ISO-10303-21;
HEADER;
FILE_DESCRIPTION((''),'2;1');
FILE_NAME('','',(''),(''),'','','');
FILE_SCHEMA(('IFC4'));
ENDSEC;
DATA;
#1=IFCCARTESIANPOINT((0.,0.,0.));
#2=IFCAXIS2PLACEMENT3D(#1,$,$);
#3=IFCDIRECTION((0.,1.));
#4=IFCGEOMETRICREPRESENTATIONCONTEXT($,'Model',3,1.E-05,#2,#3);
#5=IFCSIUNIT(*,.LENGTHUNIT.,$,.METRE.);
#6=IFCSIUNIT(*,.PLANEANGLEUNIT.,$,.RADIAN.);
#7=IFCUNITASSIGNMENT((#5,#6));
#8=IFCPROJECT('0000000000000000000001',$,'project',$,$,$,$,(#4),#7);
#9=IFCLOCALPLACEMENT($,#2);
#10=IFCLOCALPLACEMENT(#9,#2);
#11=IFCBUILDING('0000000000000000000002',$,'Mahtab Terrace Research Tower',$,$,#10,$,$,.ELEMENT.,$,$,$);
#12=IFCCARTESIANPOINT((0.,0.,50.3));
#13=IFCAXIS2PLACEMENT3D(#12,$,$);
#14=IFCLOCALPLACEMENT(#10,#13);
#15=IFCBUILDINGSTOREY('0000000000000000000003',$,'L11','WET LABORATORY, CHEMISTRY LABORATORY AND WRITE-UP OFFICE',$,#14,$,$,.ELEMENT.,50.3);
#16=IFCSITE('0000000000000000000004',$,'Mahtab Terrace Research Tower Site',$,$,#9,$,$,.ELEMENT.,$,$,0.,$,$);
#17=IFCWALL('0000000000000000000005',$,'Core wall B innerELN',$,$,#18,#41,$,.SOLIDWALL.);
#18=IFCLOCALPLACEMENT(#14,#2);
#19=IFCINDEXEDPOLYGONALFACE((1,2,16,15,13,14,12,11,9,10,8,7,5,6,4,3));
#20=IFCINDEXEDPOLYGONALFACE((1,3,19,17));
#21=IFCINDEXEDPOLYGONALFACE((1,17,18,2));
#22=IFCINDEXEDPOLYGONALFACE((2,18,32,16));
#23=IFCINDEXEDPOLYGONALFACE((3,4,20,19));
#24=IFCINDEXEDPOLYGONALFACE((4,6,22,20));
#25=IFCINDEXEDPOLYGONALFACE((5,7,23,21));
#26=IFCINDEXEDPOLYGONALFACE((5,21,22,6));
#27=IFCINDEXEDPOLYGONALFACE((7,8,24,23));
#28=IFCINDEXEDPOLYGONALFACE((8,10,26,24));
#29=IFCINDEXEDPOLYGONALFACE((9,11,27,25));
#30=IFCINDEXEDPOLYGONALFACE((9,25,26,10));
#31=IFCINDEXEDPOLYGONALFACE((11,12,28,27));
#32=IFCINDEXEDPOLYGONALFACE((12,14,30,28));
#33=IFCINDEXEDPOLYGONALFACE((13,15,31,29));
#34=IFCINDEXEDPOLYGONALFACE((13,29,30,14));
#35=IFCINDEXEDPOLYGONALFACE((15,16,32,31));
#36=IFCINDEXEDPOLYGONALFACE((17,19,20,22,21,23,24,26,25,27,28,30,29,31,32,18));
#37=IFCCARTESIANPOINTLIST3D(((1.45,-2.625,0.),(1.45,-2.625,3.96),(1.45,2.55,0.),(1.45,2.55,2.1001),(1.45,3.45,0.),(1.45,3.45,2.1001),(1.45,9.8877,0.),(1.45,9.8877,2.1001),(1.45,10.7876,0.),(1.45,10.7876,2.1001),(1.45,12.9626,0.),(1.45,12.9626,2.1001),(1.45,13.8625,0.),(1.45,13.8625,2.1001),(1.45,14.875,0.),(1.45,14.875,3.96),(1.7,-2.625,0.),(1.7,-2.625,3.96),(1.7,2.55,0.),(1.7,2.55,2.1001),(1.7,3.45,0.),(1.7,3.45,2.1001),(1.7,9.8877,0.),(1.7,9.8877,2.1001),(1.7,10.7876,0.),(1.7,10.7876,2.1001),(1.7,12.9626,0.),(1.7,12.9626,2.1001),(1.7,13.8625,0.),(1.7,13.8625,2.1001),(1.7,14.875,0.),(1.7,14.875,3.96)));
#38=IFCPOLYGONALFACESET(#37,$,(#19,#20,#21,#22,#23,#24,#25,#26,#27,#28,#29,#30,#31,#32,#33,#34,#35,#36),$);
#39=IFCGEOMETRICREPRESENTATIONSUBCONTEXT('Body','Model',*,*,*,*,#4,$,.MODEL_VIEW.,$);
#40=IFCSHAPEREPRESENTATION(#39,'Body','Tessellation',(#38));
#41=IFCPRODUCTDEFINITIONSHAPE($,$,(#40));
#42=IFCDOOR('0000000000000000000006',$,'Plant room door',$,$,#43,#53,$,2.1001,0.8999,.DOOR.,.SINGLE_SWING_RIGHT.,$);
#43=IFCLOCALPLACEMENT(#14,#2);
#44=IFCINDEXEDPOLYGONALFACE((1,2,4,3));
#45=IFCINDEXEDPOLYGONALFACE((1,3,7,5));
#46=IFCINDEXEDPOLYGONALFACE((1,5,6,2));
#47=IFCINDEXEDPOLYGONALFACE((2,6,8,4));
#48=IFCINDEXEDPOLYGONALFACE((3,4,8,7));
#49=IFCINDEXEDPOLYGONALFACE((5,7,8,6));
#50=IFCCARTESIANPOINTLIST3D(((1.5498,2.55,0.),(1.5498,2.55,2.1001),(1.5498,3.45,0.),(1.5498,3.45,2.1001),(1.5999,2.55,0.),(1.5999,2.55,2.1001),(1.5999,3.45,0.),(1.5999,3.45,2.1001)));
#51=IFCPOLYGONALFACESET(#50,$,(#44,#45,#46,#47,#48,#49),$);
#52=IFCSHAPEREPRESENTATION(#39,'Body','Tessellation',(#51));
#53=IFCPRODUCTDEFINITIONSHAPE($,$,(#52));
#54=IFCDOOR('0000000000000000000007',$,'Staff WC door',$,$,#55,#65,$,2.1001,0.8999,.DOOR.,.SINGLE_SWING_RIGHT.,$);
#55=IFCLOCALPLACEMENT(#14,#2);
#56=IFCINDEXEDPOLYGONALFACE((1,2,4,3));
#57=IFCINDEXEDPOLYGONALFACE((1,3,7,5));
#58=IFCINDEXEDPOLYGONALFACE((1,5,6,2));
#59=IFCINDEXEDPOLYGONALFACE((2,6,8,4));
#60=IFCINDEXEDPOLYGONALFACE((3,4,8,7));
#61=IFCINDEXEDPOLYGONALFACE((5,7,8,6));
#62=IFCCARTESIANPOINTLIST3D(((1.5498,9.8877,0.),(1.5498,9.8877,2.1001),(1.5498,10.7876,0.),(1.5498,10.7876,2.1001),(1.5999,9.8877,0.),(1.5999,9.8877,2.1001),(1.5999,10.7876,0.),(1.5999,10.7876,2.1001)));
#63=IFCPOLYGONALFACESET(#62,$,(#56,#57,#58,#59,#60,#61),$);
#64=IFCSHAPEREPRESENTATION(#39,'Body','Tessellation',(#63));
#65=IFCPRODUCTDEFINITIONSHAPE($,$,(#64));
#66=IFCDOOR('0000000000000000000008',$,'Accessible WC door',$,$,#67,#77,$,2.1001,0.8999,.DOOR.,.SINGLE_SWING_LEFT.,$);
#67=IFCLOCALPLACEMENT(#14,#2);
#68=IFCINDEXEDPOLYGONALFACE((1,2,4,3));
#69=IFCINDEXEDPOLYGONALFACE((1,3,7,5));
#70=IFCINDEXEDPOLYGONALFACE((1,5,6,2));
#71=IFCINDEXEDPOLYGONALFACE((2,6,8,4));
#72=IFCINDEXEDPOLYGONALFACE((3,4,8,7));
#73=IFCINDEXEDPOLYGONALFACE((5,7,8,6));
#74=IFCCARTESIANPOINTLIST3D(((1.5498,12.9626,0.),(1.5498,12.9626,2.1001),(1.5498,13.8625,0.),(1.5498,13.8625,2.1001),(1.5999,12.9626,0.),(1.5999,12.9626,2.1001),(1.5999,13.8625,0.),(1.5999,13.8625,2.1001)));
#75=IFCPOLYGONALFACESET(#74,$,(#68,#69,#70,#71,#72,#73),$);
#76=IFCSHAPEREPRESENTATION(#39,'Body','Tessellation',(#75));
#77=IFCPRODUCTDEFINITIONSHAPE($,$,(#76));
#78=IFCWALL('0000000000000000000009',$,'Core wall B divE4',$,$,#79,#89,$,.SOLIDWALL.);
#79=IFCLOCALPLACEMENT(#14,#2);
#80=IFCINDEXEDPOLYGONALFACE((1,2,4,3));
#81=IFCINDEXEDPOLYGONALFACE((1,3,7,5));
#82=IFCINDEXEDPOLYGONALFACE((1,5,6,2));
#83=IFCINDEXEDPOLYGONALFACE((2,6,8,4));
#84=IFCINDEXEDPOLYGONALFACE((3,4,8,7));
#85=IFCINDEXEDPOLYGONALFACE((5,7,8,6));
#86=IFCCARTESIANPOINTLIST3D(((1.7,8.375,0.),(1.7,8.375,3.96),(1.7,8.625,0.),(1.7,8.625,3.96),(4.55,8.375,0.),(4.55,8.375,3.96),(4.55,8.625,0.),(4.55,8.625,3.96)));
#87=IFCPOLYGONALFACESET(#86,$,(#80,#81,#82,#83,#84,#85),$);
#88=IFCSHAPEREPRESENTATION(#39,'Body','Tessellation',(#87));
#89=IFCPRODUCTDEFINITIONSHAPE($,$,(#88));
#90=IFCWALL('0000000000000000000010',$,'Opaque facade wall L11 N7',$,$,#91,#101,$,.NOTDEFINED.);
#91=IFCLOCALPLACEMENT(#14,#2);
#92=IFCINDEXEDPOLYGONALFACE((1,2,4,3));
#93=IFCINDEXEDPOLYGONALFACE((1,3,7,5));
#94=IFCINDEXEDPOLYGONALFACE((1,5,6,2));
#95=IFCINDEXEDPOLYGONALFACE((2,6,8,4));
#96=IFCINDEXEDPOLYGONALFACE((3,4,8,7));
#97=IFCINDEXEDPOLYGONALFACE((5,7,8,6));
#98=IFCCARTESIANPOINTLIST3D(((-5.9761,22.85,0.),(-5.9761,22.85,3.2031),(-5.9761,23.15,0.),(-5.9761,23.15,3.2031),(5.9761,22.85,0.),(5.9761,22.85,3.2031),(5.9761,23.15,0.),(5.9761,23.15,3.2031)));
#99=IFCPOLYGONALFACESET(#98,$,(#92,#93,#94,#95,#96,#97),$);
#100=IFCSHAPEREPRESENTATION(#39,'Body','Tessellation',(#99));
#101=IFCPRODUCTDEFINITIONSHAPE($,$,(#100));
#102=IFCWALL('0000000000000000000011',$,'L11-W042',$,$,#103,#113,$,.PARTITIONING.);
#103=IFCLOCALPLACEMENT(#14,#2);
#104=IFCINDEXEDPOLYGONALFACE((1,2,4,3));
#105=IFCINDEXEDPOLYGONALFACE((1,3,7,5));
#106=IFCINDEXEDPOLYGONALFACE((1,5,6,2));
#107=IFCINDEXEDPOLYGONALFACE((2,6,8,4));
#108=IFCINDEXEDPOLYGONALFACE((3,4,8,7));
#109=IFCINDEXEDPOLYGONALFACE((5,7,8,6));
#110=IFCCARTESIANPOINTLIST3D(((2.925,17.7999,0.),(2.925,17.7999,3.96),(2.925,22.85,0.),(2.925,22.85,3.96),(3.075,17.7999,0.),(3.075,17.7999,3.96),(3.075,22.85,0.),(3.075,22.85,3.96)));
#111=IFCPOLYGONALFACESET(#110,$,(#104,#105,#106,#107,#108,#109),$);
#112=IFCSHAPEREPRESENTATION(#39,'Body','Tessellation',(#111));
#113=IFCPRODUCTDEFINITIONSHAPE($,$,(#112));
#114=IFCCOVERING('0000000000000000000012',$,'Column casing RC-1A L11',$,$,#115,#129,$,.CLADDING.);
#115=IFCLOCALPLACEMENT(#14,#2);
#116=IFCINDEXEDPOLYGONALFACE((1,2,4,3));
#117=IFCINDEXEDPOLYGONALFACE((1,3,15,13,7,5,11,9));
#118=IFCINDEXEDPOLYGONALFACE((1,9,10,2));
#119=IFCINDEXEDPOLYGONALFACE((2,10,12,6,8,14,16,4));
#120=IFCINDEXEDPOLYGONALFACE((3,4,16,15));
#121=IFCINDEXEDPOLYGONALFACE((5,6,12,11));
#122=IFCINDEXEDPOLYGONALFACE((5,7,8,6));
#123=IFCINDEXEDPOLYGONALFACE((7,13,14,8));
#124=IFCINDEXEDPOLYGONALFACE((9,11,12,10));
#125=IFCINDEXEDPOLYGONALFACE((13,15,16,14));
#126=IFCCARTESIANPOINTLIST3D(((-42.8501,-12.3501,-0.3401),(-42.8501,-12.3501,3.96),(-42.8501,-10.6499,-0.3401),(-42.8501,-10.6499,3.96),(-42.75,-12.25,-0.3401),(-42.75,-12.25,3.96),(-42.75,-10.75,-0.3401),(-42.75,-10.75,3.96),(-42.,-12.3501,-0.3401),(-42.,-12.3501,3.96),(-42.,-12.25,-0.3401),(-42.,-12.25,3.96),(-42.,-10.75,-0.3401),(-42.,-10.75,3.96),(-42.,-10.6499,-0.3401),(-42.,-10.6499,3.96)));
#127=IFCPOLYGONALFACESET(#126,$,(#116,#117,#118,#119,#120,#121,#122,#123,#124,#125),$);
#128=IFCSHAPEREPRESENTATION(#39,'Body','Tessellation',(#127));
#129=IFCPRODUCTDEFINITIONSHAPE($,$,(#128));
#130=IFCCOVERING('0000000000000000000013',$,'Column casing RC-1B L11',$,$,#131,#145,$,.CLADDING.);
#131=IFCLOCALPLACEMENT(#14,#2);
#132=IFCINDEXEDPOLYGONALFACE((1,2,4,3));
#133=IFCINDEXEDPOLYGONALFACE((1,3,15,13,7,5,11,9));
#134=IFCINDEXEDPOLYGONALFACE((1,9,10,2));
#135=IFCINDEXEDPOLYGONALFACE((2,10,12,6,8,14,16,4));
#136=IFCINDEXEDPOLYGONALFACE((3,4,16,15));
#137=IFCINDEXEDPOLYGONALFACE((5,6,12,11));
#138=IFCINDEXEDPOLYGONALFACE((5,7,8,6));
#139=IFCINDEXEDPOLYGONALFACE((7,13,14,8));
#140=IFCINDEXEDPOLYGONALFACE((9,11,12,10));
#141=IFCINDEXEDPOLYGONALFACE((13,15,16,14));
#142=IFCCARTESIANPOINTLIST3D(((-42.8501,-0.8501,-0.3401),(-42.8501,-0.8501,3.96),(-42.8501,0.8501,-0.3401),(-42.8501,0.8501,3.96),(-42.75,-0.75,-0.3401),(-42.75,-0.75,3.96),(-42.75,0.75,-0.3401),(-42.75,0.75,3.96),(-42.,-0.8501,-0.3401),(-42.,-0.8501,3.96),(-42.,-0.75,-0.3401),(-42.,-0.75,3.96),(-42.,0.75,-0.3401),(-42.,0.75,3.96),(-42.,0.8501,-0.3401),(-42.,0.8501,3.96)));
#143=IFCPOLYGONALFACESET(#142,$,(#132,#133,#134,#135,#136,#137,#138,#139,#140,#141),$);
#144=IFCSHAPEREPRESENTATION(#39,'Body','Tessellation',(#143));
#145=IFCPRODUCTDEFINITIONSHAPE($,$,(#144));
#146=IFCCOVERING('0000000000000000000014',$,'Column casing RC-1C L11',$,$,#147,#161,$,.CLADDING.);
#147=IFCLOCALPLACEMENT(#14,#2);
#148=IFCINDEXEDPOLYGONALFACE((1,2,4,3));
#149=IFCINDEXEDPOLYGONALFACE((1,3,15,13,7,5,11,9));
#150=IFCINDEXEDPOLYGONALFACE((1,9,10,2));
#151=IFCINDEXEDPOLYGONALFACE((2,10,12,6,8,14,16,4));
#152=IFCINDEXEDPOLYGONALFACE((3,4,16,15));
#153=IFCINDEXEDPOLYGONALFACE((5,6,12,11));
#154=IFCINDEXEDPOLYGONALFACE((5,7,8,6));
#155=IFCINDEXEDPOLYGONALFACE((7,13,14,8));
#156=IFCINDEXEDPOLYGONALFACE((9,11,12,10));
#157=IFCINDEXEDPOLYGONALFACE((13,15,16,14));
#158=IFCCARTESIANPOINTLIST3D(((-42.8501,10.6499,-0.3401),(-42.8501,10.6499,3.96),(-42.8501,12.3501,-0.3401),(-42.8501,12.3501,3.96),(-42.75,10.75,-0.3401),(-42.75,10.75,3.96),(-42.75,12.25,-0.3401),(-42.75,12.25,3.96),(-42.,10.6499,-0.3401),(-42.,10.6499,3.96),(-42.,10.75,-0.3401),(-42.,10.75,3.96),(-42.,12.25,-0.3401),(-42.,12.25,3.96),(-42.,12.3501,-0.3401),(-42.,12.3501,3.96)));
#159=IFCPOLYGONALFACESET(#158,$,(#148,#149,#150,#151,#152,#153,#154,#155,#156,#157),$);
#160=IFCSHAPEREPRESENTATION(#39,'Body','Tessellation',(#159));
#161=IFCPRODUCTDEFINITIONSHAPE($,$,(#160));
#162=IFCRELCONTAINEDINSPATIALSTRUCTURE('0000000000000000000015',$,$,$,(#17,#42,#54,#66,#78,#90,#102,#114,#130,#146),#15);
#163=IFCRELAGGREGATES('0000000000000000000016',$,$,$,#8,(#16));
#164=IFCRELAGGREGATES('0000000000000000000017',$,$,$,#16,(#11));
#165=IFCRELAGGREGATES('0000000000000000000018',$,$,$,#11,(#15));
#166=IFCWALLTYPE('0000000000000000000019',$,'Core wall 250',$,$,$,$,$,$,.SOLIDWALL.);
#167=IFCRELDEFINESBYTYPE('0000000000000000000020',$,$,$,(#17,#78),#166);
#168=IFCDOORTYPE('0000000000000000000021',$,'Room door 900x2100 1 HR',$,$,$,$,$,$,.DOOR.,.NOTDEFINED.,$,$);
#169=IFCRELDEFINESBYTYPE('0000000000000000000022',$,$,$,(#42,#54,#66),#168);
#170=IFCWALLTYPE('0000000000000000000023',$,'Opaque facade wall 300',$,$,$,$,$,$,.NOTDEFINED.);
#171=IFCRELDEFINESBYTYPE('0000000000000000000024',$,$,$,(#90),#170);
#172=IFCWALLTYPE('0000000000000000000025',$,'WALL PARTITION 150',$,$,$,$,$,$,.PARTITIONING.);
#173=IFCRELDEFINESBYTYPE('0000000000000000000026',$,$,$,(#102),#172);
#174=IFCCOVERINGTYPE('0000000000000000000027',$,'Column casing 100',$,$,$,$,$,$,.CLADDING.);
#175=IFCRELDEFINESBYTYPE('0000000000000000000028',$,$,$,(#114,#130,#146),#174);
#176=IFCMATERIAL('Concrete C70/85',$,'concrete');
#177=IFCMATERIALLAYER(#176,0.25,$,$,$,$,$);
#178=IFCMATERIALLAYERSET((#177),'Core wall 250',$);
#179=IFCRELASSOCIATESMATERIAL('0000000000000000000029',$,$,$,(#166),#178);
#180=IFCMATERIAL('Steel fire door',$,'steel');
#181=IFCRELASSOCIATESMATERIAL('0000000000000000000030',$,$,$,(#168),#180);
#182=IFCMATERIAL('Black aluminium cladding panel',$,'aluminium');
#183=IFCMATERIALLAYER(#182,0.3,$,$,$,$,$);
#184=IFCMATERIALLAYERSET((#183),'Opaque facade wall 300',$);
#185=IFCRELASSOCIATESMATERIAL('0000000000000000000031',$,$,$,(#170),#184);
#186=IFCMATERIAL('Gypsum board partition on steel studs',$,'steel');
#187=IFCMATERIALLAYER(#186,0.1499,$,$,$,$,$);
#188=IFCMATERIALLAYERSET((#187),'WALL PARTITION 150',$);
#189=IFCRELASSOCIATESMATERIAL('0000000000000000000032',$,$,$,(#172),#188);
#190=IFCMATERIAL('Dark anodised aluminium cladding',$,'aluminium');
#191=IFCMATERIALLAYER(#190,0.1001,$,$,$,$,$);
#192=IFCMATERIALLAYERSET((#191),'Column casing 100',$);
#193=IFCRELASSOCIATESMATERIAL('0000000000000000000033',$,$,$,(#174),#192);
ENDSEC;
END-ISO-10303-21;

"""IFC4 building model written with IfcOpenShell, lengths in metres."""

from ifc_helpers import new_model, si_unit, direction, frame, frame_2d, origin, place, context, subcontext, project, spatial, polyline, rectangle, outline, extrude, material, layer, layer_set, type_object, element, fill, save


model = new_model("IFC4")

# Units and contexts
model_context = context("Model", 3, precision=1e-05, world=origin(), true_north=direction((0.0, 1.0)))
body_context = subcontext(model_context, "Body", "Model", "MODEL_VIEW")
ifc_project = project(units=[si_unit("LENGTHUNIT", "METRE"), si_unit("PLANEANGLEUNIT", "RADIAN")], contexts=[model_context])

# Site, building, storey
site_placement = place(None, origin())
site = spatial("IfcSite", under=ifc_project, at=site_placement, Name="Mahtab Terrace Research Tower Site", CompositionType="ELEMENT", RefElevation=0.0)
building_placement = place(site_placement, origin())
building = spatial("IfcBuilding", under=site, at=building_placement, Name="Mahtab Terrace Research Tower", CompositionType="ELEMENT")
storey_placement = place(building_placement, frame((0.0, 0.0, 50.3)))
storey = spatial("IfcBuildingStorey", under=building, at=storey_placement, Name="L11", Description="WET LABORATORY, CHEMISTRY LABORATORY AND WRITE-UP OFFICE", CompositionType="ELEMENT", Elevation=50.3)

# Shared definitions
ifc_material_1 = material(Name="Concrete C70/85", Category="concrete")

# Wall, openings, doors
ifc_layer_1 = layer(ifc_material_1, 0.25)
ifc_layer_set_1 = layer_set([ifc_layer_1], Name="Core wall 250")
wall_type_1 = type_object("IfcWallType", Name="Core wall 250", PredefinedType="SOLIDWALL", material=ifc_layer_set_1)
wall_1_placement = place(storey_placement, frame((1.575, 14.875, 0.0), z_axis=(0.0, 0.0, 1.0), x_axis=(0.0, -1.0, 0.0)))
wall_1 = element("IfcWall", 1, at=wall_1_placement, inside=storey, type_object=wall_type_1, Name="Core wall B innerELN", PredefinedType="SOLIDWALL", context=body_context, shape_type="SweptSolid", body=[
    extrude(rectangle(XDim=17.5, YDim=0.25, at=frame_2d((8.75, 0.0))), origin(), (0.0, 0.0, 1.0), 3.96),
])
opening_1_placement = place(wall_1_placement, frame((11.425, 0.0, 0.0)))
opening_1 = element("IfcOpeningElement", 2, at=opening_1_placement, cuts=wall_1, PredefinedType="OPENING", context=body_context, shape_type="SweptSolid", body=[
    extrude(rectangle(XDim=0.8999, YDim=2.1001, at=frame_2d((0.45, 1.05))), frame((0.0, 0.135, 0.0), z_axis=(0.0, -1.0, 0.0), x_axis=(1.0, 0.0, 0.0)), (0.0, 0.0, 1.0), 0.27),
])
opening_2_placement = place(wall_1_placement, frame((4.0874, 0.0, 0.0)))
opening_2 = element("IfcOpeningElement", 3, at=opening_2_placement, cuts=wall_1, PredefinedType="OPENING", context=body_context, shape_type="SweptSolid", body=[
    extrude(rectangle(XDim=0.8999, YDim=2.1001, at=frame_2d((0.45, 1.05))), frame((0.0, 0.135, 0.0), z_axis=(0.0, -1.0, 0.0), x_axis=(1.0, 0.0, 0.0)), (0.0, 0.0, 1.0), 0.27),
])
opening_3_placement = place(wall_1_placement, frame((1.0125, 0.0, 0.0)))
opening_3 = element("IfcOpeningElement", 4, at=opening_3_placement, cuts=wall_1, PredefinedType="OPENING", context=body_context, shape_type="SweptSolid", body=[
    extrude(rectangle(XDim=0.8999, YDim=2.1001, at=frame_2d((0.45, 1.05))), frame((0.0, 0.135, 0.0), z_axis=(0.0, -1.0, 0.0), x_axis=(1.0, 0.0, 0.0)), (0.0, 0.0, 1.0), 0.27),
])
ifc_material_2 = material(Name="Steel fire door", Category="steel")
door_type = type_object("IfcDoorType", Name="Room door 900x2100 1 HR", OperationType="NOTDEFINED", PredefinedType="DOOR", material=ifc_material_2)
door_1_placement = place(opening_1_placement, origin())
door_1 = element("IfcDoor", 5, at=door_1_placement, inside=storey, type_object=door_type, Name="Plant room door", OperationType="SINGLE_SWING_RIGHT", OverallHeight=2.1001, OverallWidth=0.8999, PredefinedType="DOOR", context=body_context, shape_type="SweptSolid", body=[
    extrude(rectangle(XDim=0.8999, YDim=2.1001, at=frame_2d((0.45, 1.05))), frame((0.0, 0.0249, 0.0), z_axis=(0.0, -1.0, 0.0), x_axis=(1.0, 0.0, 0.0)), (0.0, 0.0, 1.0), 0.05),
])
fill(opening_1, door_1)
door_2_placement = place(opening_2_placement, origin())
door_2 = element("IfcDoor", 6, at=door_2_placement, inside=storey, type_object=door_type, Name="Staff WC door", OperationType="SINGLE_SWING_RIGHT", OverallHeight=2.1001, OverallWidth=0.8999, PredefinedType="DOOR", context=body_context, shape_type="SweptSolid", body=[
    extrude(rectangle(XDim=0.8999, YDim=2.1001, at=frame_2d((0.45, 1.05))), frame((0.0, 0.0249, 0.0), z_axis=(0.0, -1.0, 0.0), x_axis=(1.0, 0.0, 0.0)), (0.0, 0.0, 1.0), 0.05),
])
fill(opening_2, door_2)
door_3_placement = place(opening_3_placement, origin())
door_3 = element("IfcDoor", 7, at=door_3_placement, inside=storey, type_object=door_type, Name="Accessible WC door", OperationType="SINGLE_SWING_LEFT", OverallHeight=2.1001, OverallWidth=0.8999, PredefinedType="DOOR", context=body_context, shape_type="SweptSolid", body=[
    extrude(rectangle(XDim=0.8999, YDim=2.1001, at=frame_2d((0.45, 1.05))), frame((0.0, 0.0249, 0.0), z_axis=(0.0, -1.0, 0.0), x_axis=(1.0, 0.0, 0.0)), (0.0, 0.0, 1.0), 0.05),
])
fill(opening_3, door_3)

# Walls
wall_2_placement = place(storey_placement, frame((1.7, 8.5, 0.0), z_axis=(0.0, 0.0, 1.0), x_axis=(1.0, 0.0, 0.0)))
element("IfcWall", 8, at=wall_2_placement, inside=storey, type_object=wall_type_1, Name="Core wall B divE4", PredefinedType="SOLIDWALL", context=body_context, shape_type="SweptSolid", body=[
    extrude(rectangle(XDim=2.8501, YDim=0.25, at=frame_2d((1.425, 0.0))), origin(), (0.0, 0.0, 1.0), 3.96),
])
ifc_material_3 = material(Name="Black aluminium cladding panel", Category="aluminium")
ifc_layer_2 = layer(ifc_material_3, 0.3)
ifc_layer_set_2 = layer_set([ifc_layer_2], Name="Opaque facade wall 300")
wall_type_2 = type_object("IfcWallType", Name="Opaque facade wall 300", PredefinedType="NOTDEFINED", material=ifc_layer_set_2)
wall_3_placement = place(storey_placement, frame((5.9761, 23.0, 0.0), z_axis=(0.0, 0.0, 1.0), x_axis=(-1.0, 0.0, 0.0)))
element("IfcWall", 9, at=wall_3_placement, inside=storey, type_object=wall_type_2, Name="Opaque facade wall L11 N7", PredefinedType="NOTDEFINED", context=body_context, shape_type="SweptSolid", body=[
    extrude(rectangle(XDim=11.9521, YDim=0.3, at=frame_2d((5.9761, 0.0))), origin(), (0.0, 0.0, 1.0), 3.2031),
])
ifc_material_4 = material(Name="Gypsum board partition on steel studs", Category="steel")
ifc_layer_3 = layer(ifc_material_4, 0.1499)
ifc_layer_set_3 = layer_set([ifc_layer_3], Name="WALL PARTITION 150")
wall_type_3 = type_object("IfcWallType", Name="WALL PARTITION 150", PredefinedType="PARTITIONING", material=ifc_layer_set_3)
wall_4_placement = place(storey_placement, frame((3.0, 17.8, 0.0), z_axis=(0.0, 0.0, 1.0), x_axis=(0.0, 1.0, 0.0)))
element("IfcWall", 10, at=wall_4_placement, inside=storey, type_object=wall_type_3, Name="L11-W042", PredefinedType="PARTITIONING", context=body_context, shape_type="SweptSolid", body=[
    extrude(rectangle(XDim=5.05, YDim=0.1499, at=frame_2d((2.5249, 0.0))), origin(), (0.0, 0.0, 1.0), 3.96),
])

# Coverings
ifc_material_5 = material(Name="Dark anodised aluminium cladding", Category="aluminium")
ifc_layer_4 = layer(ifc_material_5, 0.1001)
ifc_layer_set_4 = layer_set([ifc_layer_4], Name="Column casing 100")
covering_type_1 = type_object("IfcCoveringType", Name="Column casing 100", PredefinedType="CLADDING", material=ifc_layer_set_4)
covering_1_placement = place(storey_placement, frame((0.0, 0.0, -0.3401)))
element("IfcCovering", 11, at=covering_1_placement, inside=storey, type_object=covering_type_1, Name="Column casing RC-1A L11", PredefinedType="CLADDING", context=body_context, shape_type="SweptSolid", body=[
    extrude(outline(polyline([(-42.8501, -10.6499), (-42.0, -10.6499), (-42.0, -10.75), (-42.75, -10.75), (-42.75, -12.25), (-42.0, -12.25), (-42.0, -12.3501), (-42.8501, -12.3501), (-42.8501, -10.6499)])), origin(), (0.0, 0.0, 1.0), 4.3),
])
covering_2_placement = place(storey_placement, frame((0.0, 0.0, -0.3401)))
element("IfcCovering", 12, at=covering_2_placement, inside=storey, type_object=covering_type_1, Name="Column casing RC-1B L11", PredefinedType="CLADDING", context=body_context, shape_type="SweptSolid", body=[
    extrude(outline(polyline([(-42.8501, 0.8501), (-42.0, 0.8501), (-42.0, 0.75), (-42.75, 0.75), (-42.75, -0.75), (-42.0, -0.75), (-42.0, -0.8501), (-42.8501, -0.8501), (-42.8501, 0.8501)])), origin(), (0.0, 0.0, 1.0), 4.3),
])
covering_3_placement = place(storey_placement, frame((0.0, 0.0, -0.3401)))
element("IfcCovering", 13, at=covering_3_placement, inside=storey, type_object=covering_type_1, Name="Column casing RC-1C L11", PredefinedType="CLADDING", context=body_context, shape_type="SweptSolid", body=[
    extrude(outline(polyline([(-42.8501, 12.3501), (-42.0, 12.3501), (-42.0, 12.25), (-42.75, 12.25), (-42.75, 10.75), (-42.0, 10.75), (-42.0, 10.6499), (-42.8501, 10.6499), (-42.8501, 12.3501)])), origin(), (0.0, 0.0, 1.0), 4.3),
])

save(model, "model.ifc")
